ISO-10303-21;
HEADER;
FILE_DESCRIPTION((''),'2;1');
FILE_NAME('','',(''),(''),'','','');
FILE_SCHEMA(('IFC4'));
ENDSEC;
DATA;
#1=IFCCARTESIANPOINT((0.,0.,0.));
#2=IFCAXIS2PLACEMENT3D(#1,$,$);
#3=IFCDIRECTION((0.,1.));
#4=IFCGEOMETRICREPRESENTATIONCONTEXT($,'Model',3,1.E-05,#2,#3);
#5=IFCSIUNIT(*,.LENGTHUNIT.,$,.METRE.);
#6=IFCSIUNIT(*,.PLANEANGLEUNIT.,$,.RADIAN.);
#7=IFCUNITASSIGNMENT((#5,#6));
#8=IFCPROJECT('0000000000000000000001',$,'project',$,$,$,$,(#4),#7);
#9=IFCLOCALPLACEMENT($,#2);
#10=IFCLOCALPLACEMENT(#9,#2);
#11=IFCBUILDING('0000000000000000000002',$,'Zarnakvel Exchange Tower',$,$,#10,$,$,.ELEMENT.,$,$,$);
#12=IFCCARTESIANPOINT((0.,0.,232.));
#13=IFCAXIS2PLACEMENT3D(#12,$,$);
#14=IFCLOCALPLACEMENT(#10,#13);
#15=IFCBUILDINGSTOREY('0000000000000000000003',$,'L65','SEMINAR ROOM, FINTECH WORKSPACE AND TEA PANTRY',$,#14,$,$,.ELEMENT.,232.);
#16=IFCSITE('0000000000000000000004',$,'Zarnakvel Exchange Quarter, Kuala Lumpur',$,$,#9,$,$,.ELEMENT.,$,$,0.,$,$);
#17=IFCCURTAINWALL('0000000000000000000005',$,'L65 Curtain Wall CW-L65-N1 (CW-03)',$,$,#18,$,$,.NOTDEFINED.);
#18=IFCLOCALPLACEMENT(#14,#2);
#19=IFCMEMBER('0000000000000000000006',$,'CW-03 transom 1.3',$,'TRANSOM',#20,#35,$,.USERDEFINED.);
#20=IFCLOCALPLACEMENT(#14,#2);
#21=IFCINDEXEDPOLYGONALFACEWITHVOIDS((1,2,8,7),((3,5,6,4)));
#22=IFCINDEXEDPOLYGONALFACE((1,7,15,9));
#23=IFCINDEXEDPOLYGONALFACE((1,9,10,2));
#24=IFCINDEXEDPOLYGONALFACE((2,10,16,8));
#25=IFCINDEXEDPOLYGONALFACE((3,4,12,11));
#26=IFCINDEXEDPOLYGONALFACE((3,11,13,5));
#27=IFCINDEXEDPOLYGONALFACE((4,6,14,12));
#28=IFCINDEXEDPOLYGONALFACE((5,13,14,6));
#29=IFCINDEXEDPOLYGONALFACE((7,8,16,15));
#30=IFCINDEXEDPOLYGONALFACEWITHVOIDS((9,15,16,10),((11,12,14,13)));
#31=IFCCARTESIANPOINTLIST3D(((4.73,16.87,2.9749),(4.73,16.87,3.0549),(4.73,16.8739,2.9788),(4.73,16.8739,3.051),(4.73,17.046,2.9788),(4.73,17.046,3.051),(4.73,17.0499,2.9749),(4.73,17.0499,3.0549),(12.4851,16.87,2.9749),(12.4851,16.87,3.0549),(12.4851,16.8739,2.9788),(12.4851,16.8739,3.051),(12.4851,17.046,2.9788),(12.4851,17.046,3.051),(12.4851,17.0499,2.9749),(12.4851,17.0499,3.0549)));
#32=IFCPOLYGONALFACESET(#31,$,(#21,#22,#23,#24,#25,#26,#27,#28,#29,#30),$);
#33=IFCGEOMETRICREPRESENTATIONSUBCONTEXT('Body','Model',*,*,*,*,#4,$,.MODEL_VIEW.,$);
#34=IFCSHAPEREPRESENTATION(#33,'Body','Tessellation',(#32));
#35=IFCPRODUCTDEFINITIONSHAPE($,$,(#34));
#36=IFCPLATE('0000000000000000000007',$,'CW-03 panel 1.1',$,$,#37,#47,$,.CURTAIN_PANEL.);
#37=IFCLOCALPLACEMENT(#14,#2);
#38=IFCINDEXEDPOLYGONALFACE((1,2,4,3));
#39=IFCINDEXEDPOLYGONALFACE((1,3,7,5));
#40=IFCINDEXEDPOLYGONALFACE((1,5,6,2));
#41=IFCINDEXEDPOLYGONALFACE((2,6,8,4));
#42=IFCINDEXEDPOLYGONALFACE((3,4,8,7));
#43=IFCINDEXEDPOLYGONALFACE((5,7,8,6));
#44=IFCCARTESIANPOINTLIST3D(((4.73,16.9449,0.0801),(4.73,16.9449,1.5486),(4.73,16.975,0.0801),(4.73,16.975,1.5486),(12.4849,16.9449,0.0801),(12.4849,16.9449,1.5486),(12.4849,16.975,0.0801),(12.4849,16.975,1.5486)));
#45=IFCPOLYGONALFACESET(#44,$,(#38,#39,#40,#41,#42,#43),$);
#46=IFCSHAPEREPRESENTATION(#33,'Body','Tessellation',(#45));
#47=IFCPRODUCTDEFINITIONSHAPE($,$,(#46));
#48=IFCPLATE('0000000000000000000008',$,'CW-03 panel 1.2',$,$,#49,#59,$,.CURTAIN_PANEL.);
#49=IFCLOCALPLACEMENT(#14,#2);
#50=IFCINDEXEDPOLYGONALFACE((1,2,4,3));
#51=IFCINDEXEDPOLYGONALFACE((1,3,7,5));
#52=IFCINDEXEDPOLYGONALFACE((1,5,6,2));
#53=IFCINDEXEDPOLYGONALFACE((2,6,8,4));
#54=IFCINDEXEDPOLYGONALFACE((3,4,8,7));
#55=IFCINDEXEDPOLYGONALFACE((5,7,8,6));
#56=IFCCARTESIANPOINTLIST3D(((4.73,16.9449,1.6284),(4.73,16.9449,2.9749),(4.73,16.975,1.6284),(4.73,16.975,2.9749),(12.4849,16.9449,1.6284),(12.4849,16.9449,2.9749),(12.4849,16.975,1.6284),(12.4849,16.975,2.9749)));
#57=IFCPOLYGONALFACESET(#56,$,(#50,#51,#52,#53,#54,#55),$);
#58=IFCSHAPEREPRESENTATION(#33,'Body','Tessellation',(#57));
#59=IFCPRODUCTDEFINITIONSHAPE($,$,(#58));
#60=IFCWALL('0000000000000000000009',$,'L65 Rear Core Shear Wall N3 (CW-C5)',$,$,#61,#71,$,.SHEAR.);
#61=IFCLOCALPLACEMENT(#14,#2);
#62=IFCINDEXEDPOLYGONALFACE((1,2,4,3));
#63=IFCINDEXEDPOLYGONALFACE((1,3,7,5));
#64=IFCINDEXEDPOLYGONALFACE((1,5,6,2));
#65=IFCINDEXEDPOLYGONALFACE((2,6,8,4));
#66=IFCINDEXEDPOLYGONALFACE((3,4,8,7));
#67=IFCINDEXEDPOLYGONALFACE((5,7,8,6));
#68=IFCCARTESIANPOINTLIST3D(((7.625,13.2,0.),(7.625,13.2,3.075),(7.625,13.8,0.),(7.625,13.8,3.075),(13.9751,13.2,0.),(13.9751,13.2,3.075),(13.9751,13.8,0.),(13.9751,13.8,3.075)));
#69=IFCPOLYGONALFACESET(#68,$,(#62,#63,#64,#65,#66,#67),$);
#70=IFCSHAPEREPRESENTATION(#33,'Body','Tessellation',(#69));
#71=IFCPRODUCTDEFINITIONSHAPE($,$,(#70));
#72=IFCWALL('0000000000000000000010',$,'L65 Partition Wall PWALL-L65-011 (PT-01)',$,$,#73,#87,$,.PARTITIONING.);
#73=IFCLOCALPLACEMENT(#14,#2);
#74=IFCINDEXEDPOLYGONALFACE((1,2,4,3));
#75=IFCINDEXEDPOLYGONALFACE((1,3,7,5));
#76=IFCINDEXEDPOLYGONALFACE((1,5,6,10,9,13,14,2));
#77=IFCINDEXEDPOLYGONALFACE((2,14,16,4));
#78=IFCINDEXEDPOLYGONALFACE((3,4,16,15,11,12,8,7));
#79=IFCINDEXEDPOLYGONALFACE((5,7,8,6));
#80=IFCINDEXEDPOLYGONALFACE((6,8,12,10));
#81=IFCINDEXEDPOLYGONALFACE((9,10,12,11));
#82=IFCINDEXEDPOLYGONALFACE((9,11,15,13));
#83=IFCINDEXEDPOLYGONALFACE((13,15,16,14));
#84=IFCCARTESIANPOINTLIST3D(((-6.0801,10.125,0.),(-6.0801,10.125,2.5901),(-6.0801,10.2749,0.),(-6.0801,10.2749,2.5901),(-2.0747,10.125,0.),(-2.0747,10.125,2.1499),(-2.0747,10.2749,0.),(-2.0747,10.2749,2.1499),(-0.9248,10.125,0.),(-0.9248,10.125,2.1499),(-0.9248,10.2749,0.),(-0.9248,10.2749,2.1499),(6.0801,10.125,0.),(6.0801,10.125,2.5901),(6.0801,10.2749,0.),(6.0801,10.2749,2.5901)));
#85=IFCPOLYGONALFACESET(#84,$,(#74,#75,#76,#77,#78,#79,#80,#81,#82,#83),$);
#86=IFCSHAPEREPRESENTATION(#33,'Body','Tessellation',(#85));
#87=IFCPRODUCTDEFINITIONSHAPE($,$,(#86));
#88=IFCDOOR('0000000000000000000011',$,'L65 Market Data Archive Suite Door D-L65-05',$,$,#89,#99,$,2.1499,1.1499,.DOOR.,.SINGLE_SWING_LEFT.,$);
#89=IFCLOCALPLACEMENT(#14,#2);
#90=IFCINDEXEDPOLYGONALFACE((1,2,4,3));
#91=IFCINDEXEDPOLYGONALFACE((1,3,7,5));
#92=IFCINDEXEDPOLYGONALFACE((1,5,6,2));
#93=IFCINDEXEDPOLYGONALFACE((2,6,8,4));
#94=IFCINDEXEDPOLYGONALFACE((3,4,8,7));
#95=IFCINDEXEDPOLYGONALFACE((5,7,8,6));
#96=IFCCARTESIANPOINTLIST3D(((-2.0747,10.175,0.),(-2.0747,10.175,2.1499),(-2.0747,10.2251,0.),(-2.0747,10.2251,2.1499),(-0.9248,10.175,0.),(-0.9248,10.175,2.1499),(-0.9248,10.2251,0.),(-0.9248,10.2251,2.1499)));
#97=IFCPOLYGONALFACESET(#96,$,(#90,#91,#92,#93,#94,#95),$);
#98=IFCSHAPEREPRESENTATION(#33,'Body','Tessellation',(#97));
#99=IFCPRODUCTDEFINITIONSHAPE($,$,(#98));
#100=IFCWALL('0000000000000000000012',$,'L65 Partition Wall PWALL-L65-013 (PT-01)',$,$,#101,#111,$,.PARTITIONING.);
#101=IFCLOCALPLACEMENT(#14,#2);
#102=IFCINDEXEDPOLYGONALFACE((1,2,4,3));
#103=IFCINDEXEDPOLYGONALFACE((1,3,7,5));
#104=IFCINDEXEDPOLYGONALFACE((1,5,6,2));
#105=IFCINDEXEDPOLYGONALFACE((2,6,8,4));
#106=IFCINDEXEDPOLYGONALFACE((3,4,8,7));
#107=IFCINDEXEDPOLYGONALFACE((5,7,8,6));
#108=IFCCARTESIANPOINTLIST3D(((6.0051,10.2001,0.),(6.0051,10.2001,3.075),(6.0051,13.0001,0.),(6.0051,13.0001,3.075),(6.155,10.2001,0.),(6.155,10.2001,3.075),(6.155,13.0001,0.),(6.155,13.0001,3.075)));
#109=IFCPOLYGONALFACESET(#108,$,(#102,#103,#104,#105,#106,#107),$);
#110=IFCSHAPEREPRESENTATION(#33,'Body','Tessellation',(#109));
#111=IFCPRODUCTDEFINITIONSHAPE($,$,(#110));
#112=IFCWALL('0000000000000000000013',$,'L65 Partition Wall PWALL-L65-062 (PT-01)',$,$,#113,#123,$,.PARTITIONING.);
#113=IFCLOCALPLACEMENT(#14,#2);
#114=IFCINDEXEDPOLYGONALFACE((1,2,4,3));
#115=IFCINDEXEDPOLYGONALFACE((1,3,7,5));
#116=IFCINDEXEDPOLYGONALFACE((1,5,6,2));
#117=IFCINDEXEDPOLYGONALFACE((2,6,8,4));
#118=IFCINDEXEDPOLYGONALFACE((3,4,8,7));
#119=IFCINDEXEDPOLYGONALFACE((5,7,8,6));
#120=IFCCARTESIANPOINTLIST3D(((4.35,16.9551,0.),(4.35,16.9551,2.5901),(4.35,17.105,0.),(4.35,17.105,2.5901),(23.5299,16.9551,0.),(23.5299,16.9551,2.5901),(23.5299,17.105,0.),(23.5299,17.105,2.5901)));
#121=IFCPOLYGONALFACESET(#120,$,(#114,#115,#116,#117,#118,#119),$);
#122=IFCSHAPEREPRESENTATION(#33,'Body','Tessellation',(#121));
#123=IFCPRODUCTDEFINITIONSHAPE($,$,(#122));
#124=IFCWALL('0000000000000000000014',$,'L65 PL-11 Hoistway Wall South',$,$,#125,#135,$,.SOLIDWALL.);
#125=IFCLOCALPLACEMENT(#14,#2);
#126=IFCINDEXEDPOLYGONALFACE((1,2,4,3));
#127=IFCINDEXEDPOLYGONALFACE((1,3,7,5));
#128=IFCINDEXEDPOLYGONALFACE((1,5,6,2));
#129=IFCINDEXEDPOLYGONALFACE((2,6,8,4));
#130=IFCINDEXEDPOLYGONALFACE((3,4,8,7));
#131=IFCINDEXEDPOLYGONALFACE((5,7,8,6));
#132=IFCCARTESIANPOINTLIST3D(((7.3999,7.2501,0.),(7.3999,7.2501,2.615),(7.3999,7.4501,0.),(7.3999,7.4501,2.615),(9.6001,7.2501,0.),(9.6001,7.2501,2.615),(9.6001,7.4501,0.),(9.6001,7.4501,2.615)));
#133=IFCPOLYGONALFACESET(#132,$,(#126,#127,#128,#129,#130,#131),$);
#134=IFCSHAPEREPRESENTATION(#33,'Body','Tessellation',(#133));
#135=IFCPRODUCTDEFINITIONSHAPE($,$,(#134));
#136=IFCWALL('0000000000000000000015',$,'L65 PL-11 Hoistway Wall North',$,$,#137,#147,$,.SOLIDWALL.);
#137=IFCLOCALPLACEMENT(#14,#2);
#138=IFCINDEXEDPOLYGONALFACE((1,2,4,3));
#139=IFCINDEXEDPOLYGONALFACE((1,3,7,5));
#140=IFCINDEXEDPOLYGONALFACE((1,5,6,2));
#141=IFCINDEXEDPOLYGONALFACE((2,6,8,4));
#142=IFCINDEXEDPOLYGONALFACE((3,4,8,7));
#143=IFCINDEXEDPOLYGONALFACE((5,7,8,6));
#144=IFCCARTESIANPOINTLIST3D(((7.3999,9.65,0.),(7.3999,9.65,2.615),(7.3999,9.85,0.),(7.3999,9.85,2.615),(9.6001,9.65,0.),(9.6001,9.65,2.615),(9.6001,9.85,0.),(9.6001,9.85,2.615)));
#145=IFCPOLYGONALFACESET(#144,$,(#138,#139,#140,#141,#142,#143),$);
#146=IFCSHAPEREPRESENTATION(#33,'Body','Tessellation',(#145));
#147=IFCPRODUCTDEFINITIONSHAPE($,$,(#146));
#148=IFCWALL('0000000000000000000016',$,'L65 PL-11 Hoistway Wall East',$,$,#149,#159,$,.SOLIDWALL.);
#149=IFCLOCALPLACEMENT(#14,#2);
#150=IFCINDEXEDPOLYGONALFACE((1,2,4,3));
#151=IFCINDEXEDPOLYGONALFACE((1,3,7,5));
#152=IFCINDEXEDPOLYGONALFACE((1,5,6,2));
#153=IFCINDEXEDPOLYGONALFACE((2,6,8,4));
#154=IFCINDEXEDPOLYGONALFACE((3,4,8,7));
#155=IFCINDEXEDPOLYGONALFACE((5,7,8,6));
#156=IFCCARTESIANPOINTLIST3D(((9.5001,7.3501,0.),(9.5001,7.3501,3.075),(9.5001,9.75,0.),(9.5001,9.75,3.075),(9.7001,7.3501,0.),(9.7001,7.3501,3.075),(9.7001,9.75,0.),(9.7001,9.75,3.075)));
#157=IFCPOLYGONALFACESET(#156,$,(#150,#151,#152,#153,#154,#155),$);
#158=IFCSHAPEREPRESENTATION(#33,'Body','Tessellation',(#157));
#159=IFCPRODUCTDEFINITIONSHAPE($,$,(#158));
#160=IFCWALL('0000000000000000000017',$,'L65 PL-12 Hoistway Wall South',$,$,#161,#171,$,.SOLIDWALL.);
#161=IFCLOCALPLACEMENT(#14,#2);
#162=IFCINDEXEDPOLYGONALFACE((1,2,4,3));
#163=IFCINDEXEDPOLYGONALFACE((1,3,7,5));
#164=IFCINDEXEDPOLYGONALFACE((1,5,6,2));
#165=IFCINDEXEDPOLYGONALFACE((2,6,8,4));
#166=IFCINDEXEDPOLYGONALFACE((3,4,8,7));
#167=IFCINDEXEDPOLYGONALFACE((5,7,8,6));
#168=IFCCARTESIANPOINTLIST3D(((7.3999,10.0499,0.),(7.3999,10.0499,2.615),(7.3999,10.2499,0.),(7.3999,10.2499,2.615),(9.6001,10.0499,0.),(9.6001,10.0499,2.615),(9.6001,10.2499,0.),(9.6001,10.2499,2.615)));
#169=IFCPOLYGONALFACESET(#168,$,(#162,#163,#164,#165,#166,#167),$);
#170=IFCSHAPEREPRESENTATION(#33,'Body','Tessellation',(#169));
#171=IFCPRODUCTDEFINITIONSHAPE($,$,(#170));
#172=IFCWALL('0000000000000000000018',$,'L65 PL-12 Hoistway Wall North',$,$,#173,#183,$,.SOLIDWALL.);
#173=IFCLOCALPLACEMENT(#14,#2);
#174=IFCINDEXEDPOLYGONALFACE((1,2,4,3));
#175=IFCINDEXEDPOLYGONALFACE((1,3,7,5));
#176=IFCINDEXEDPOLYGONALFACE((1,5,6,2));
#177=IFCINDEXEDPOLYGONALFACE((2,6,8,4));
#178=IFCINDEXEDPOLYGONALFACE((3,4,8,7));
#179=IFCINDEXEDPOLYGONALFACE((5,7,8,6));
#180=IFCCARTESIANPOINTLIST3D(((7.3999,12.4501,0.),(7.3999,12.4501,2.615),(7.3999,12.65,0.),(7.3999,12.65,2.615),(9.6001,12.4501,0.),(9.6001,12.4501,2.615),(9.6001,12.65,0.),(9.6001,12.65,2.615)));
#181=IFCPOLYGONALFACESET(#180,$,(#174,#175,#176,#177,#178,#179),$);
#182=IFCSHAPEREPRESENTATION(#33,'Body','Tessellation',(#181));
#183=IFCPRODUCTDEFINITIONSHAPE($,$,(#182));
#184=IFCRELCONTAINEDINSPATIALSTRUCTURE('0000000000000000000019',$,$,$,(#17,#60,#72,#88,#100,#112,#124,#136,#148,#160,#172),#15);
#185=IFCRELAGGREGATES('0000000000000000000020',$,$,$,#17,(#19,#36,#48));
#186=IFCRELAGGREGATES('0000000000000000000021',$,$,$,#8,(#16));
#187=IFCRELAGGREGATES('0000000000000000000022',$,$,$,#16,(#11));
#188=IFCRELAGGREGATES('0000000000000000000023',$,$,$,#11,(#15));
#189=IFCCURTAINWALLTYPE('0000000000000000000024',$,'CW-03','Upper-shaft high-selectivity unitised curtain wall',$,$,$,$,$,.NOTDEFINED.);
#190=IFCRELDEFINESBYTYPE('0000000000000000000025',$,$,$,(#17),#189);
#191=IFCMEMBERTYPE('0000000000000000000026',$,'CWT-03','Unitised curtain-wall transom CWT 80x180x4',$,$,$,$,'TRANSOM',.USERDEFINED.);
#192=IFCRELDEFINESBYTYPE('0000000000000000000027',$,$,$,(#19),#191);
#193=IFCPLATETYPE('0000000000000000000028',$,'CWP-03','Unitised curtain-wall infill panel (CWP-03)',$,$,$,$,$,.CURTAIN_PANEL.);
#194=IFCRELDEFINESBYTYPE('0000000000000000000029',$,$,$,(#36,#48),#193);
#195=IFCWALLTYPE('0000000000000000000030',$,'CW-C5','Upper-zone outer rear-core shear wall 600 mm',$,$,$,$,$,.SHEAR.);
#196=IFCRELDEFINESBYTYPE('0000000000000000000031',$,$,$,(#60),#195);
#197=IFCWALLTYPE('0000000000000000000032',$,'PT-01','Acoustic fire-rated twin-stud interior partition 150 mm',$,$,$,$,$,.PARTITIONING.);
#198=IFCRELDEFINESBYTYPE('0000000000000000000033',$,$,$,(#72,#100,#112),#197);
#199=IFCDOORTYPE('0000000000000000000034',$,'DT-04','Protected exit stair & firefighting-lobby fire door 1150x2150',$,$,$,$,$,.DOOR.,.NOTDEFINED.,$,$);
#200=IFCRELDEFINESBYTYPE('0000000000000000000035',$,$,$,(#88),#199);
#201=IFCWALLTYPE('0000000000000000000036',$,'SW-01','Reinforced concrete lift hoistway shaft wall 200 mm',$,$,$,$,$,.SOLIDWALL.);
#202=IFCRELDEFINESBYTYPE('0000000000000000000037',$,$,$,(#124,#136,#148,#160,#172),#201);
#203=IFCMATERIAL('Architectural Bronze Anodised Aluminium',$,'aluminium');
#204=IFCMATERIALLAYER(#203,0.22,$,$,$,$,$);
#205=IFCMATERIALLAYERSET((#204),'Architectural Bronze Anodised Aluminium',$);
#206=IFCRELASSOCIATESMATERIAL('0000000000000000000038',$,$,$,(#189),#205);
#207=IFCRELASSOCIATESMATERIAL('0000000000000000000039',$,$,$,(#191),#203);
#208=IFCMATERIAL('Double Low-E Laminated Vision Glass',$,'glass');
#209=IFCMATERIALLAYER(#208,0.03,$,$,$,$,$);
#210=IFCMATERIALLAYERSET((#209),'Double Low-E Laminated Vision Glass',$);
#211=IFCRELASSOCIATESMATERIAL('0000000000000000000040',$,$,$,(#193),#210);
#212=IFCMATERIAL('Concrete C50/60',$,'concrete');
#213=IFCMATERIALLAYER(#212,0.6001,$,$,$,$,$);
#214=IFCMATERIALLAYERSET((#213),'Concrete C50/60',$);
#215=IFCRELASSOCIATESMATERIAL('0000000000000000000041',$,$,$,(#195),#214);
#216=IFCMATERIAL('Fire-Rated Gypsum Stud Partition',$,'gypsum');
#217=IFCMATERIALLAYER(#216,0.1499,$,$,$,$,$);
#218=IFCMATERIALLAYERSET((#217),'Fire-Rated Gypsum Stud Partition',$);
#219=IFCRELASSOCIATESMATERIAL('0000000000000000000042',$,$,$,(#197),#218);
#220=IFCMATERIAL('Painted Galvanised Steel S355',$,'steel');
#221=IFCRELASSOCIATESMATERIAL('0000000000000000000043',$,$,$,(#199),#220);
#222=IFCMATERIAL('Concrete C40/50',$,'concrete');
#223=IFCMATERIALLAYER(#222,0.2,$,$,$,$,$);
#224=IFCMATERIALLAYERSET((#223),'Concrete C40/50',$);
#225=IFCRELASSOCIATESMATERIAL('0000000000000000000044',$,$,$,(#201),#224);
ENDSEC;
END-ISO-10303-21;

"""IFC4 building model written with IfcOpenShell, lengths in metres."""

from ifc_helpers import new_model, si_unit, direction, frame, frame_2d, origin, origin_2d, place, context, subcontext, project, spatial, rectangle, hollow_rectangle, extrude, source, transform, mapped, material, layer, layer_set, material_profile, profile_set, type_object, element, fill, aggregate, save


model = new_model("IFC4")

# Units and contexts
model_context = context("Model", 3, precision=1e-05, world=origin(), true_north=direction((0.0, 1.0)))
body_context = subcontext(model_context, "Body", "Model", "MODEL_VIEW")
ifc_project = project(units=[si_unit("LENGTHUNIT", "METRE"), si_unit("PLANEANGLEUNIT", "RADIAN")], contexts=[model_context])

# Site, building, storey
site_placement = place(None, origin())
site = spatial("IfcSite", under=ifc_project, at=site_placement, Name="Zarnakvel Exchange Quarter, Kuala Lumpur", CompositionType="ELEMENT", RefElevation=0.0)
building_placement = place(site_placement, origin())
building = spatial("IfcBuilding", under=site, at=building_placement, Name="Zarnakvel Exchange Tower", CompositionType="ELEMENT")
storey_placement = place(building_placement, frame((0.0, 0.0, 232.0)))
storey = spatial("IfcBuildingStorey", under=building, at=storey_placement, Name="L65", Description="SEMINAR ROOM, FINTECH WORKSPACE AND TEA PANTRY", CompositionType="ELEMENT", Elevation=232.0)

# Shared definitions
ifc_material_1 = material(Name="Concrete C50/60", Category="concrete")

# Curtain wall, member, plates
ifc_material_2 = material(Name="Architectural Bronze Anodised Aluminium", Category="aluminium")
ifc_layer_1 = layer(ifc_material_2, 0.22)
ifc_layer_set_1 = layer_set([ifc_layer_1], Name="Architectural Bronze Anodised Aluminium")
curtain_wall_type = type_object("IfcCurtainWallType", Name="CW-03", Description="Upper-shaft high-selectivity unitised curtain wall", PredefinedType="NOTDEFINED", material=ifc_layer_set_1)
curtain_wall_placement = place(storey_placement, origin())
curtain_wall = element("IfcCurtainWall", 1, at=curtain_wall_placement, inside=storey, type_object=curtain_wall_type, Name="L65 Curtain Wall CW-L65-N1 (CW-03)", PredefinedType="NOTDEFINED")
ifc_material_profile_1 = material_profile(ifc_material_2, hollow_rectangle(XDim=0.1799, YDim=0.0801, WallThickness=0.0039, at=origin_2d()))
ifc_profile_set_1 = profile_set([ifc_material_profile_1], Name="Architectural Bronze Anodised Aluminium")
member_type_1 = type_object("IfcMemberType", Name="CWT-03", Description="Unitised curtain-wall transom CWT 80x180x4", ElementType="TRANSOM", PredefinedType="USERDEFINED", material=ifc_profile_set_1)
shared_shape_1 = source(origin(), body_context, "Body", "SweptSolid", [
    extrude(hollow_rectangle(XDim=0.1799, YDim=0.0801, WallThickness=0.0039, at=origin_2d()), origin(), (0.0, 0.0, 1.0), 7.7551),
])
member_1_placement = place(storey_placement, frame((4.73, 16.96, 3.0149), z_axis=(1.0, 0.0, 0.0), x_axis=(0.0, 1.0, 0.0)))
member_1 = element("IfcMember", 2, at=member_1_placement, type_object=member_type_1, Name="CW-03 transom 1.3", ObjectType="TRANSOM", PredefinedType="USERDEFINED", context=body_context, shape_type="MappedRepresentation", body=[
    mapped(shared_shape_1, transform((0.0, 0.0, 0.0), x_axis=(1.0, 0.0, 0.0), y_axis=(0.0, 1.0, 0.0), z_axis=(0.0, 0.0, 1.0), scale=1.0)),
])
ifc_material_3 = material(Name="Double Low-E Laminated Vision Glass", Category="glass")
ifc_layer_2 = layer(ifc_material_3, 0.03)
ifc_layer_set_2 = layer_set([ifc_layer_2], Name="Double Low-E Laminated Vision Glass")
plate_type = type_object("IfcPlateType", Name="CWP-03", Description="Unitised curtain-wall infill panel (CWP-03)", PredefinedType="CURTAIN_PANEL", material=ifc_layer_set_2)
shared_shape_2 = source(origin(), body_context, "Body", "SweptSolid", [
    extrude(rectangle(XDim=7.7549, YDim=0.03, at=origin_2d()), origin(), (0.0, 0.0, 1.0), 1.4685),
])
plate_1_placement = place(storey_placement, frame((8.6074, 16.96, 0.0801), z_axis=(0.0, 0.0, 1.0), x_axis=(1.0, 0.0, 0.0)))
plate_1 = element("IfcPlate", 3, at=plate_1_placement, type_object=plate_type, Name="CW-03 panel 1.1", PredefinedType="CURTAIN_PANEL", context=body_context, shape_type="MappedRepresentation", body=[
    mapped(shared_shape_2, transform((0.0, 0.0, 0.0), x_axis=(1.0, 0.0, 0.0), y_axis=(0.0, 1.0, 0.0), z_axis=(0.0, 0.0, 1.0), scale=1.0)),
])
shared_shape_3 = source(origin(), body_context, "Body", "SweptSolid", [
    extrude(rectangle(XDim=7.7549, YDim=0.03, at=origin_2d()), origin(), (0.0, 0.0, 1.0), 1.3464),
])
plate_2_placement = place(storey_placement, frame((8.6074, 16.96, 1.6284), z_axis=(0.0, 0.0, 1.0), x_axis=(1.0, 0.0, 0.0)))
plate_2 = element("IfcPlate", 4, at=plate_2_placement, type_object=plate_type, Name="CW-03 panel 1.2", PredefinedType="CURTAIN_PANEL", context=body_context, shape_type="MappedRepresentation", body=[
    mapped(shared_shape_3, transform((0.0, 0.0, 0.0), x_axis=(1.0, 0.0, 0.0), y_axis=(0.0, 1.0, 0.0), z_axis=(0.0, 0.0, 1.0), scale=1.0)),
])
aggregate(curtain_wall, [member_1, plate_1, plate_2])

# Wall
ifc_layer_3 = layer(ifc_material_1, 0.6001)
ifc_layer_set_3 = layer_set([ifc_layer_3], Name="Concrete C50/60")
wall_type_1 = type_object("IfcWallType", Name="CW-C5", Description="Upper-zone outer rear-core shear wall 600 mm", PredefinedType="SHEAR", material=ifc_layer_set_3)
wall_1_placement = place(storey_placement, frame((7.625, 13.5, 0.0), z_axis=(0.0, 0.0, 1.0), x_axis=(1.0, 0.0, 0.0)))
element("IfcWall", 5, at=wall_1_placement, inside=storey, type_object=wall_type_1, Name="L65 Rear Core Shear Wall N3 (CW-C5)", PredefinedType="SHEAR", context=body_context, shape_type="SweptSolid", body=[
    extrude(rectangle(XDim=6.3501, YDim=0.6001, at=frame_2d((3.175, 0.0))), origin(), (0.0, 0.0, 1.0), 3.075),
])

# Wall, opening, door
ifc_material_4 = material(Name="Fire-Rated Gypsum Stud Partition", Category="gypsum")
ifc_layer_4 = layer(ifc_material_4, 0.1499)
ifc_layer_set_4 = layer_set([ifc_layer_4], Name="Fire-Rated Gypsum Stud Partition")
wall_type_2 = type_object("IfcWallType", Name="PT-01", Description="Acoustic fire-rated twin-stud interior partition 150 mm", PredefinedType="PARTITIONING", material=ifc_layer_set_4)
wall_2_placement = place(storey_placement, frame((6.0801, 10.2, 0.0), z_axis=(0.0, 0.0, 1.0), x_axis=(-1.0, 0.0, 0.0)))
wall_2 = element("IfcWall", 6, at=wall_2_placement, inside=storey, type_object=wall_type_2, Name="L65 Partition Wall PWALL-L65-011 (PT-01)", PredefinedType="PARTITIONING", context=body_context, shape_type="SweptSolid", body=[
    extrude(rectangle(XDim=12.1602, YDim=0.1499, at=frame_2d((6.0801, 0.0))), origin(), (0.0, 0.0, 1.0), 2.5901),
])
opening_1_placement = place(wall_2_placement, frame((7.0049, 0.0, 0.0)))
opening_1 = element("IfcOpeningElement", 7, at=opening_1_placement, cuts=wall_2, PredefinedType="OPENING", context=body_context, shape_type="SweptSolid", body=[
    extrude(rectangle(XDim=1.1499, YDim=2.1499, at=frame_2d((0.575, 1.075))), frame((0.0, 0.085, 0.0), z_axis=(0.0, -1.0, 0.0), x_axis=(1.0, 0.0, 0.0)), (0.0, 0.0, 1.0), 0.1699),
])
ifc_material_5 = material(Name="Painted Galvanised Steel S355", Category="steel")
door_type_1 = type_object("IfcDoorType", Name="DT-04", Description="Protected exit stair & firefighting-lobby fire door 1150x2150", OperationType="NOTDEFINED", PredefinedType="DOOR", material=ifc_material_5)
shared_shape_4 = source(origin(), body_context, "Body", "SweptSolid", [
    extrude(rectangle(XDim=1.1499, YDim=2.1499, at=frame_2d((0.575, 1.075))), frame((0.0, 0.0249, 0.0), z_axis=(0.0, -1.0, 0.0), x_axis=(1.0, 0.0, 0.0)), (0.0, 0.0, 1.0), 0.05),
])
door_1_placement = place(opening_1_placement, origin())
door_1 = element("IfcDoor", 8, at=door_1_placement, inside=storey, type_object=door_type_1, Name="L65 Market Data Archive Suite Door D-L65-05", OperationType="SINGLE_SWING_LEFT", OverallHeight=2.1499, OverallWidth=1.1499, PredefinedType="DOOR", context=body_context, shape_type="MappedRepresentation", body=[
    mapped(shared_shape_4, transform((0.0, 0.0, 0.0), x_axis=(1.0, 0.0, 0.0), y_axis=(0.0, 1.0, 0.0), z_axis=(0.0, 0.0, 1.0), scale=1.0)),
])
fill(opening_1, door_1)

# Walls
wall_3_placement = place(storey_placement, frame((6.0801, 13.0, 0.0), z_axis=(0.0, 0.0, 1.0), x_axis=(0.0, -1.0, 0.0)))
element("IfcWall", 9, at=wall_3_placement, inside=storey, type_object=wall_type_2, Name="L65 Partition Wall PWALL-L65-013 (PT-01)", PredefinedType="PARTITIONING", context=body_context, shape_type="SweptSolid", body=[
    extrude(rectangle(XDim=2.8, YDim=0.1499, at=frame_2d((1.3999, 0.0))), origin(), (0.0, 0.0, 1.0), 3.075),
])
wall_4_placement = place(storey_placement, frame((4.3501, 17.03, 0.0), z_axis=(0.0, 0.0, 1.0), x_axis=(1.0, 0.0, 0.0)))
element("IfcWall", 10, at=wall_4_placement, inside=storey, type_object=wall_type_2, Name="L65 Partition Wall PWALL-L65-062 (PT-01)", PredefinedType="PARTITIONING", context=body_context, shape_type="SweptSolid", body=[
    extrude(rectangle(XDim=19.1799, YDim=0.1499, at=frame_2d((9.5898, 0.0))), origin(), (0.0, 0.0, 1.0), 2.5901),
])
ifc_material_6 = material(Name="Concrete C40/50", Category="concrete")
ifc_layer_5 = layer(ifc_material_6, 0.2)
ifc_layer_set_5 = layer_set([ifc_layer_5], Name="Concrete C40/50")
wall_type_3 = type_object("IfcWallType", Name="SW-01", Description="Reinforced concrete lift hoistway shaft wall 200 mm", PredefinedType="SOLIDWALL", material=ifc_layer_set_5)
for number, where, z_axis, x_axis, name in (
    (11, (9.6001, 7.3501, 0.0), (0.0, 0.0, 1.0), (-1.0, 0.0, 0.0), "L65 PL-11 Hoistway Wall South"),
    (12, (7.3999, 9.75, 0.0), (0.0, 0.0, 1.0), (1.0, 0.0, 0.0), "L65 PL-11 Hoistway Wall North"),
):
    element("IfcWall", number, at=place(storey_placement, frame(where, z_axis=z_axis, x_axis=x_axis)), inside=storey, type_object=wall_type_3, Name=name, PredefinedType="SOLIDWALL", context=body_context, shape_type="SweptSolid", body=[
        extrude(rectangle(XDim=2.2002, YDim=0.2, at=frame_2d((1.1001, 0.0))), origin(), (0.0, 0.0, 1.0), 2.615),
    ])
wall_5_placement = place(storey_placement, frame((9.6001, 9.75, 0.0), z_axis=(0.0, 0.0, 1.0), x_axis=(0.0, -1.0, 0.0)))
element("IfcWall", 13, at=wall_5_placement, inside=storey, type_object=wall_type_3, Name="L65 PL-11 Hoistway Wall East", PredefinedType="SOLIDWALL", context=body_context, shape_type="SweptSolid", body=[
    extrude(rectangle(XDim=2.3999, YDim=0.2, at=frame_2d((1.2, 0.0))), origin(), (0.0, 0.0, 1.0), 3.075),
])
for number, where, z_axis, x_axis, name in (
    (14, (9.6001, 10.1499, 0.0), (0.0, 0.0, 1.0), (-1.0, 0.0, 0.0), "L65 PL-12 Hoistway Wall South"),
    (15, (7.3999, 12.55, 0.0), (0.0, 0.0, 1.0), (1.0, 0.0, 0.0), "L65 PL-12 Hoistway Wall North"),
):
    element("IfcWall", number, at=place(storey_placement, frame(where, z_axis=z_axis, x_axis=x_axis)), inside=storey, type_object=wall_type_3, Name=name, PredefinedType="SOLIDWALL", context=body_context, shape_type="SweptSolid", body=[
        extrude(rectangle(XDim=2.2002, YDim=0.2, at=frame_2d((1.1001, 0.0))), origin(), (0.0, 0.0, 1.0), 2.615),
    ])

save(model, "model.ifc")
